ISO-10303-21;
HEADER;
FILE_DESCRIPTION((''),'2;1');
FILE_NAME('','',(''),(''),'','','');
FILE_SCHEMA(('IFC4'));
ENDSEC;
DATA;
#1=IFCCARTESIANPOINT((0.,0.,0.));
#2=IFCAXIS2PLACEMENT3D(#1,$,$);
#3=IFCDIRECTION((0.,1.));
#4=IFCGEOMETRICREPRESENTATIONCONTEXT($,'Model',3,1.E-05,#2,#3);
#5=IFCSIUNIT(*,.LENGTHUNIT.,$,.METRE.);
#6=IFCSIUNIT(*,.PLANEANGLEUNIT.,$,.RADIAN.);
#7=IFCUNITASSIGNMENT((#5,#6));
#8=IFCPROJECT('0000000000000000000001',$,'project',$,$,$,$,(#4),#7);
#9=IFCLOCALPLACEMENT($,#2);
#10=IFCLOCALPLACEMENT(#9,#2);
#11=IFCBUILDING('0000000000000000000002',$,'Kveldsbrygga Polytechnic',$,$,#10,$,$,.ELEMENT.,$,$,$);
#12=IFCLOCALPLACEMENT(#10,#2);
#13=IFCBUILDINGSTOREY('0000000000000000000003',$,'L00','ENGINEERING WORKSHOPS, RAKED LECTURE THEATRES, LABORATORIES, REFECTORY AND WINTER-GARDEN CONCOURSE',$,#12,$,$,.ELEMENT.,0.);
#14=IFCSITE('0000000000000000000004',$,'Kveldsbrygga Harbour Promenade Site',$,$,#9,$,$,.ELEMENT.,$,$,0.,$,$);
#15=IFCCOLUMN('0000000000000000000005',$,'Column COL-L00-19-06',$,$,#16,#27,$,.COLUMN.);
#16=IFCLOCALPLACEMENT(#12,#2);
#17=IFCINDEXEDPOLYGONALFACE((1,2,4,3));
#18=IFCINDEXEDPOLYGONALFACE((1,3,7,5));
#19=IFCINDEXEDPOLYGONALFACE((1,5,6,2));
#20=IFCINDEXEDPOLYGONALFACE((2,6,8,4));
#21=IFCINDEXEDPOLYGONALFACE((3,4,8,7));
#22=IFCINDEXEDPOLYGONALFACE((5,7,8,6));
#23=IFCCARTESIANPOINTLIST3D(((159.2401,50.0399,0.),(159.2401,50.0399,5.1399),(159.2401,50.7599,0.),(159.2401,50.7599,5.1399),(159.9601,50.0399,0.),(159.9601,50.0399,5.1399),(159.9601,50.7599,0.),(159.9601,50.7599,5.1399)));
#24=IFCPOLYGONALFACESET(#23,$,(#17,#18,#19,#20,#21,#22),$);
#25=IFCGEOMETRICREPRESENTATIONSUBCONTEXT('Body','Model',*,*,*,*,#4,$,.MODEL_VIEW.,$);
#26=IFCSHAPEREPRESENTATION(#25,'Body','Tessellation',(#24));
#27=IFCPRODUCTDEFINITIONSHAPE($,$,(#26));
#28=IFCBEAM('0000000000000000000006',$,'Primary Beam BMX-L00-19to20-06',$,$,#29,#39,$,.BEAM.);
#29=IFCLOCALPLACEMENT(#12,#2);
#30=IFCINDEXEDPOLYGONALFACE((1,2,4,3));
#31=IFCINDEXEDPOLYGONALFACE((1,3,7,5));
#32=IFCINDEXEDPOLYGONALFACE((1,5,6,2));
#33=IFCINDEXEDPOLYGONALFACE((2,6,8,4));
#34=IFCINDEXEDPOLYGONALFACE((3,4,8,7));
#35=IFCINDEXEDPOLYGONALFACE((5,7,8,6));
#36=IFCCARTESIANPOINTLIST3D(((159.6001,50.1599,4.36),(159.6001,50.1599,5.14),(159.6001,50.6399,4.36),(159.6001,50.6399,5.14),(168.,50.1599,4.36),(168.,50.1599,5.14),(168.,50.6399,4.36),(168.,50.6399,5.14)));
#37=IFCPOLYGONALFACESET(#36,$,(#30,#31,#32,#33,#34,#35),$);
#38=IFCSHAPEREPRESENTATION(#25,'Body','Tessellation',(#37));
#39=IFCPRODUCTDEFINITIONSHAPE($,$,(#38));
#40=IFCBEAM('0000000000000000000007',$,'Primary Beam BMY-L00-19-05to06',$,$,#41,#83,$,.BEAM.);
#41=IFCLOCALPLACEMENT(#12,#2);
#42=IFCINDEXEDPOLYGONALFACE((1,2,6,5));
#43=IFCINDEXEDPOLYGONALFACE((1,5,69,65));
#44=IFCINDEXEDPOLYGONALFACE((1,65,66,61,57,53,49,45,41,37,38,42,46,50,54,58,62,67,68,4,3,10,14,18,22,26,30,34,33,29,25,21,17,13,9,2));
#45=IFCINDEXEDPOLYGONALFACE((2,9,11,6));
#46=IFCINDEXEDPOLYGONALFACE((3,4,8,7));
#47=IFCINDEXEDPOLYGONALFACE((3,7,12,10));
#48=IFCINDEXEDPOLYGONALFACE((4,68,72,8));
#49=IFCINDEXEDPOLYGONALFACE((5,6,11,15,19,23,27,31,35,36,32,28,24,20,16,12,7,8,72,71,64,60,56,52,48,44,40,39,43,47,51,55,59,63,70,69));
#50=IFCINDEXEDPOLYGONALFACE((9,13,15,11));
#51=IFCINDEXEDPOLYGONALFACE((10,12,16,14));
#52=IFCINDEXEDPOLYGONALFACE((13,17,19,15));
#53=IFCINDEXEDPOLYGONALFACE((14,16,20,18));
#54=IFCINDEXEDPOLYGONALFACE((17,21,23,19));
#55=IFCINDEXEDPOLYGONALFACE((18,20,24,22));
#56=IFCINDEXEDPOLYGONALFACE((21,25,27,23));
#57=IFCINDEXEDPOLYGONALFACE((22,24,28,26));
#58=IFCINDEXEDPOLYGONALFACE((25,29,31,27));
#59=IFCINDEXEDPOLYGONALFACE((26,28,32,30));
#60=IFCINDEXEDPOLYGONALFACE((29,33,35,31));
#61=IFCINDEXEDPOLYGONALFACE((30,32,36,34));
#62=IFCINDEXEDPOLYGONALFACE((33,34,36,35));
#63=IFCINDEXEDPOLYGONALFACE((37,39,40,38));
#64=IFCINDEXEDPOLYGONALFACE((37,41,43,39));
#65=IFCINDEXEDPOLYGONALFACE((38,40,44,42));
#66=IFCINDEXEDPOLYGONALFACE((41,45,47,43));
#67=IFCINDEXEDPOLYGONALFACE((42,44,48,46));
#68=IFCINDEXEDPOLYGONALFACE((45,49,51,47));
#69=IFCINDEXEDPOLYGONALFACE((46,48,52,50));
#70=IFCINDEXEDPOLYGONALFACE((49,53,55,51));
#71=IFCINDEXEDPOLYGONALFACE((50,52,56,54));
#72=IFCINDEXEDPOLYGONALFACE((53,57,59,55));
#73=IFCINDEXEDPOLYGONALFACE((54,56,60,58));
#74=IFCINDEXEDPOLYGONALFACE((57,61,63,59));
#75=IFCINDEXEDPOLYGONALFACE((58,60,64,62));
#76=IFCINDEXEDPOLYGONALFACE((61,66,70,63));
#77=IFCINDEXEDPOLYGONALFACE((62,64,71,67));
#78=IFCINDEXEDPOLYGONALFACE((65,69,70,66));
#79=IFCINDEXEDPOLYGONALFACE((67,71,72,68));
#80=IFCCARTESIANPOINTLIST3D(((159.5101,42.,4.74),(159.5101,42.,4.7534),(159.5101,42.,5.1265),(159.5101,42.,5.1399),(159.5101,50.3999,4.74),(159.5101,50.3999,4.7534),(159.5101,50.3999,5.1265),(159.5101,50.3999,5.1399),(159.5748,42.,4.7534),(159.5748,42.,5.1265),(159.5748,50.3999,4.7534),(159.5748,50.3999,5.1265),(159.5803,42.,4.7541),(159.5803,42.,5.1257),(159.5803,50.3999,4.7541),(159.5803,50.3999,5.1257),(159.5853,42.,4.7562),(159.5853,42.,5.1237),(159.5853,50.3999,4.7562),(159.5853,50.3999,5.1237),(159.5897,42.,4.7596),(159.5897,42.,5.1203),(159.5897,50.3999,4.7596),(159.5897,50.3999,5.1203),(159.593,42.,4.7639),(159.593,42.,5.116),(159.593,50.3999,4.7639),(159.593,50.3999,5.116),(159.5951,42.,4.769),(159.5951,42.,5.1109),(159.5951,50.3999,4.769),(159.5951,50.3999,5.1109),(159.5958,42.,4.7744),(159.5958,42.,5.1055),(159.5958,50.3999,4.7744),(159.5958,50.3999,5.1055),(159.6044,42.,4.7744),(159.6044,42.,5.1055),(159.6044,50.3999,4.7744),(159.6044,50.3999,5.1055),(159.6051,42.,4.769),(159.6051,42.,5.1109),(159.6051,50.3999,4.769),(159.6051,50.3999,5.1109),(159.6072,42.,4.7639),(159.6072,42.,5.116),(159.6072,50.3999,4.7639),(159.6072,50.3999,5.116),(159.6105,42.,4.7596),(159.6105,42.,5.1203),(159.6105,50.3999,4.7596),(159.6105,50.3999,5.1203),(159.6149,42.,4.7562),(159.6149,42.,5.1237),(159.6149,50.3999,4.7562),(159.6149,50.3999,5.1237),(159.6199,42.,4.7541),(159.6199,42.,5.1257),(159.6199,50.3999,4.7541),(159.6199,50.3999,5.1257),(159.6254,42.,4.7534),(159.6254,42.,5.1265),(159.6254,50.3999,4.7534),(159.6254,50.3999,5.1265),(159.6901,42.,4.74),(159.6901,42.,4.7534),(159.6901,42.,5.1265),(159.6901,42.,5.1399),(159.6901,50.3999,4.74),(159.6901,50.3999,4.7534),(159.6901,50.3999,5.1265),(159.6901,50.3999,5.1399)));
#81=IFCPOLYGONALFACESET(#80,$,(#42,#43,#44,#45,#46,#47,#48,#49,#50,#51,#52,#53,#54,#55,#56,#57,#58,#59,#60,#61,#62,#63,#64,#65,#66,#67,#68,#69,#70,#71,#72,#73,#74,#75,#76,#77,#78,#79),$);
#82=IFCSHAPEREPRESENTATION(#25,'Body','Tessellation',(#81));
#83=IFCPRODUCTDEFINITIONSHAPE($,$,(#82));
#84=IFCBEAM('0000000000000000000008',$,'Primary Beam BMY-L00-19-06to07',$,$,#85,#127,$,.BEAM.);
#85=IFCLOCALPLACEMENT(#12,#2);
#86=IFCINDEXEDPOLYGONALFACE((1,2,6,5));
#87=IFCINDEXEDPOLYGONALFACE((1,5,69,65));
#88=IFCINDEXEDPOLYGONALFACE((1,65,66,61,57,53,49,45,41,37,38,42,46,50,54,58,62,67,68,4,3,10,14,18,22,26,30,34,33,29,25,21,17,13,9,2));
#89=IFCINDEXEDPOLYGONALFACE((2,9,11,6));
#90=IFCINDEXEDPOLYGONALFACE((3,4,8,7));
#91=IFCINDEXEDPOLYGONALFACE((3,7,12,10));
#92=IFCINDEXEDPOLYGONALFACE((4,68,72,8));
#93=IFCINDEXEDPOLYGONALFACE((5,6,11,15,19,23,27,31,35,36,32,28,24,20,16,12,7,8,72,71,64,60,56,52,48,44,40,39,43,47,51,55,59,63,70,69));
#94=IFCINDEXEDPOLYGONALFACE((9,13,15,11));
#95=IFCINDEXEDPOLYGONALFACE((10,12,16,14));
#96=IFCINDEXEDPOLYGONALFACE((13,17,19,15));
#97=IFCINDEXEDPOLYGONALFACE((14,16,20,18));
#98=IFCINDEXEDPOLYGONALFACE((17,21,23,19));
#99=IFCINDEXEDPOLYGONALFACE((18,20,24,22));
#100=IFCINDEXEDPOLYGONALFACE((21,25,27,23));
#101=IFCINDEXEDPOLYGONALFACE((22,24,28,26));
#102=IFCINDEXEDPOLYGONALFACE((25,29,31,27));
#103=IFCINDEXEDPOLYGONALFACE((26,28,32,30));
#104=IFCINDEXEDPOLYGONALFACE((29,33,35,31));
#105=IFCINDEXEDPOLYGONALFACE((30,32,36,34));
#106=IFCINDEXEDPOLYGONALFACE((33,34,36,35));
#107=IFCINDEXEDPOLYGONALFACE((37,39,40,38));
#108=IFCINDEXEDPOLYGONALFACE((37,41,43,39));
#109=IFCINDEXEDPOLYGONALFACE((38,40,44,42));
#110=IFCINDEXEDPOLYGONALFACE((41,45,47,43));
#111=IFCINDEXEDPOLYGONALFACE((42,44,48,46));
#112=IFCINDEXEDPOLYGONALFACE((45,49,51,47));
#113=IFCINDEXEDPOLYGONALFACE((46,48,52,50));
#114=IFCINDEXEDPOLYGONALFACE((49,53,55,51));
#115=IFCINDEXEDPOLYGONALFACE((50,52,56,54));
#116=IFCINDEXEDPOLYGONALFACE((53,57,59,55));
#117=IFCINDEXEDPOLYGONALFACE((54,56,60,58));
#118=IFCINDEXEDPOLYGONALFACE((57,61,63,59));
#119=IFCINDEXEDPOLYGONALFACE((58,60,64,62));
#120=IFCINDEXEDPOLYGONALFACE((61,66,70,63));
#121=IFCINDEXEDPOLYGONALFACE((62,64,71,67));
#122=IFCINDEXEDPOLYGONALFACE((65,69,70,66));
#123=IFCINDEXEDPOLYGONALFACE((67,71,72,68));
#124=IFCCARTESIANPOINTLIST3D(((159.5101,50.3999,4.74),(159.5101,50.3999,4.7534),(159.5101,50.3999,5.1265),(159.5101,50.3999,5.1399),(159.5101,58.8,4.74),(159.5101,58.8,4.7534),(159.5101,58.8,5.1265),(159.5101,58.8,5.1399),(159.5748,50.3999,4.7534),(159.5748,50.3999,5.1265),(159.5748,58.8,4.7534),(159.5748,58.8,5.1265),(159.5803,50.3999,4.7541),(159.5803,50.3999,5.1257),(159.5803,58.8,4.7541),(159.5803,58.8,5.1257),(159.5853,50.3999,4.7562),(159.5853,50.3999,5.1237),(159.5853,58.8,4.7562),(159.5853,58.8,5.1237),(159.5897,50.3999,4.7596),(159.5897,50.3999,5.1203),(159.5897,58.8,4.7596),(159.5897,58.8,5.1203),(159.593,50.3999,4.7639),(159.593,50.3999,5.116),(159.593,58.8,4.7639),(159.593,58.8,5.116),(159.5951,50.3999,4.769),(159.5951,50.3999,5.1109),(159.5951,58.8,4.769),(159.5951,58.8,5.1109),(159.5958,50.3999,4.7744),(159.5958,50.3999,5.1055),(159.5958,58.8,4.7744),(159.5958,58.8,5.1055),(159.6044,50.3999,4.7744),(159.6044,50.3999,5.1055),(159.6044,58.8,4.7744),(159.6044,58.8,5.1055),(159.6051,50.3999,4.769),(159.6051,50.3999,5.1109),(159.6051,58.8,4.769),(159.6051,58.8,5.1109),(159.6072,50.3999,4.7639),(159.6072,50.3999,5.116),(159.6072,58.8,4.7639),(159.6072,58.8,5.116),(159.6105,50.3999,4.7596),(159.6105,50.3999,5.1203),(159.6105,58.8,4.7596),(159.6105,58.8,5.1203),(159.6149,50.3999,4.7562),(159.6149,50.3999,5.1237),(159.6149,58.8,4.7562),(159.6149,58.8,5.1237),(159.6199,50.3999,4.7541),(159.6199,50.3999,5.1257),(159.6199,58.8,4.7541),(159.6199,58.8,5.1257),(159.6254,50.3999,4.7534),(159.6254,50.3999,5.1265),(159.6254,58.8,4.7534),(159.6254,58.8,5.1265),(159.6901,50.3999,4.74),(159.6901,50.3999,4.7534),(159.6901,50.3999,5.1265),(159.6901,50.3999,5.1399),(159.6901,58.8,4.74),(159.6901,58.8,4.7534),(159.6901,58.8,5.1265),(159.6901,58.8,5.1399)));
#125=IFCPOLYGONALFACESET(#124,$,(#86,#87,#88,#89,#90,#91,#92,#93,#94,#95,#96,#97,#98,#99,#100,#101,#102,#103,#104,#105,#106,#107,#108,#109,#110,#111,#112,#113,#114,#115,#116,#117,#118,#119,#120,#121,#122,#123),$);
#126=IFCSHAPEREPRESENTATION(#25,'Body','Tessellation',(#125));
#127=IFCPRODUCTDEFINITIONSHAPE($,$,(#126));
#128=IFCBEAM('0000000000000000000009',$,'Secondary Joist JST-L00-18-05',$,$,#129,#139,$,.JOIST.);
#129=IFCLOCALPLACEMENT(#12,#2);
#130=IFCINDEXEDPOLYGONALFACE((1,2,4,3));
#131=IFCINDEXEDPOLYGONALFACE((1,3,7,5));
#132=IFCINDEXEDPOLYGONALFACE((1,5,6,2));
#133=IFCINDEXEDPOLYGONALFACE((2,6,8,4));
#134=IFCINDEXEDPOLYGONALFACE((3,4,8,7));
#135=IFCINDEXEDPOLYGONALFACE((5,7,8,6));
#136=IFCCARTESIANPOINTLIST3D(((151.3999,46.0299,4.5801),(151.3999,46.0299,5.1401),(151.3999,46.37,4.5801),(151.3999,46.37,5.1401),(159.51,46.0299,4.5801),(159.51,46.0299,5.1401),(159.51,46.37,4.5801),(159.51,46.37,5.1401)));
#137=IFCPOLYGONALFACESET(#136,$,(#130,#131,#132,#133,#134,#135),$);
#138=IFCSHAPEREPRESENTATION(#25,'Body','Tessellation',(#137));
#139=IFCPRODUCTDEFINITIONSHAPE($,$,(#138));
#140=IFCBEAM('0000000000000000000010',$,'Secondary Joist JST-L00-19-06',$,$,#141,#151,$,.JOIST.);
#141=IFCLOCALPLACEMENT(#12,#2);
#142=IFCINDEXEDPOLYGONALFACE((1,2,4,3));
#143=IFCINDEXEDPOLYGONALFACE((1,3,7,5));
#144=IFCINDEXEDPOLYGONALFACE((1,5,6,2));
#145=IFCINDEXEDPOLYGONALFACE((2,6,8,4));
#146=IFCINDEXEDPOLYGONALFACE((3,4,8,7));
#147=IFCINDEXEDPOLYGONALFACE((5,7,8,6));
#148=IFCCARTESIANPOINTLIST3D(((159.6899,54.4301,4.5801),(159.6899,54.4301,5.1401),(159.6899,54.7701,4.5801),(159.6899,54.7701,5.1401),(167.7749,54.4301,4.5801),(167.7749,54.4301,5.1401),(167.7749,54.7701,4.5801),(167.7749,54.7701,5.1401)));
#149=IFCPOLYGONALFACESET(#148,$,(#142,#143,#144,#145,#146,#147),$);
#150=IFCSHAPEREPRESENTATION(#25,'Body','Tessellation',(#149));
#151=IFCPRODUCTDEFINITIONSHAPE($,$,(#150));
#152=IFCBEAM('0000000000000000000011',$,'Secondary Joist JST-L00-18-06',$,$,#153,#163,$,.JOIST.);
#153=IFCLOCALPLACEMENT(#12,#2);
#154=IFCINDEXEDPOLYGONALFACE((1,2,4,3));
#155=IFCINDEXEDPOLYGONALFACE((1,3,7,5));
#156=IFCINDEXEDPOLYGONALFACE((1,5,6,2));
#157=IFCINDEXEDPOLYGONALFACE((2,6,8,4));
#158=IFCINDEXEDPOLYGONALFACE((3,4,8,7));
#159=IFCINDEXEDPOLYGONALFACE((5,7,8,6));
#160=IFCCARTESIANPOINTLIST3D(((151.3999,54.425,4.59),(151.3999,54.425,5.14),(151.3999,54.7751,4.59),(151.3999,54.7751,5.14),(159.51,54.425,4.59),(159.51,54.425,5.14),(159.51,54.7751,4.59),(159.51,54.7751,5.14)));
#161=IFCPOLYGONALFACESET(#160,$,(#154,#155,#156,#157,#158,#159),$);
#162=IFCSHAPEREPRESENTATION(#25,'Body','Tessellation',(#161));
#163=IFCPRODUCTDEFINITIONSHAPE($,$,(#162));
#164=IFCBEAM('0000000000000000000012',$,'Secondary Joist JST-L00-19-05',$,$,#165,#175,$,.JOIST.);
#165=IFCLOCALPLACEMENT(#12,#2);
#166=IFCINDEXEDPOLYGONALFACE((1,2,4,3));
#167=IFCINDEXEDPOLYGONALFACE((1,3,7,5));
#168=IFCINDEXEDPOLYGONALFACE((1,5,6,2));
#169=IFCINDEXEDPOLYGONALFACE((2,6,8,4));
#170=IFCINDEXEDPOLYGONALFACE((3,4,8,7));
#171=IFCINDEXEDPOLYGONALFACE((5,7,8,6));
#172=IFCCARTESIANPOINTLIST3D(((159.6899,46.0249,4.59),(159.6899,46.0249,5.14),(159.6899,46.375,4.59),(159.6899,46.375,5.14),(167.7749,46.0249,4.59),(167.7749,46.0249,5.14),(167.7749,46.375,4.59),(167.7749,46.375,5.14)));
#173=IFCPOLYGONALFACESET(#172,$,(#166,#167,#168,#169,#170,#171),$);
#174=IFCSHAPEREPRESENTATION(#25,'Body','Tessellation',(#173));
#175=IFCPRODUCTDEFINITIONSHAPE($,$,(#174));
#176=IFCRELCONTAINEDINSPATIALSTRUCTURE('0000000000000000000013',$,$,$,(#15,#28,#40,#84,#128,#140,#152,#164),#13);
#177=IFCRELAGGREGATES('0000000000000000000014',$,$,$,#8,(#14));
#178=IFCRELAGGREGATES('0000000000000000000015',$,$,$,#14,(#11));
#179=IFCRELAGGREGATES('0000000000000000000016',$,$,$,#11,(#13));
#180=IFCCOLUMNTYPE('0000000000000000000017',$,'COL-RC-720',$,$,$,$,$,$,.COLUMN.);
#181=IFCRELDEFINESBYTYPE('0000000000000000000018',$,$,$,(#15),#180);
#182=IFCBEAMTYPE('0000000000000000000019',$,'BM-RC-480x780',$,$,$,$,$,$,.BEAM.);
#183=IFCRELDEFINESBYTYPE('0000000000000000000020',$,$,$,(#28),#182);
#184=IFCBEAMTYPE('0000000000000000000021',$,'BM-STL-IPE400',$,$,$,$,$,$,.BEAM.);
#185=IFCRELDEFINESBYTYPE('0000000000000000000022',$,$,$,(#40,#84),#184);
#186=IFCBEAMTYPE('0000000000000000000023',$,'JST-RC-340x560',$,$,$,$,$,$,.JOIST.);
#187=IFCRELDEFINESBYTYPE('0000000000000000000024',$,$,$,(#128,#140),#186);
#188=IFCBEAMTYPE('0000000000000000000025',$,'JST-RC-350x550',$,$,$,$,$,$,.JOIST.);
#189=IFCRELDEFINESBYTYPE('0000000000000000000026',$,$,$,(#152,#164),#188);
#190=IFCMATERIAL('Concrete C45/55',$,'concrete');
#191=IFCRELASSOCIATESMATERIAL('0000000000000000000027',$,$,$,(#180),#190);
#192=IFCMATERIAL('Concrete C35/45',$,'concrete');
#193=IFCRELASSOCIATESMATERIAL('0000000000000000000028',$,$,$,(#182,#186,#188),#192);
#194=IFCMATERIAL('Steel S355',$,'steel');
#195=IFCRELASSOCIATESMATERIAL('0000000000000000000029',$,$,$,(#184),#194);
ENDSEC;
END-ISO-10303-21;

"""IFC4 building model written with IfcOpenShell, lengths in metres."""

from ifc_helpers import new_model, si_unit, direction, frame, origin, origin_2d, place, context, subcontext, project, spatial, rectangle, i_section, extrude, material, material_profile, profile_set, type_object, element, save


model = new_model("IFC4")

# Units and contexts
model_context = context("Model", 3, precision=1e-05, world=origin(), true_north=direction((0.0, 1.0)))
body_context = subcontext(model_context, "Body", "Model", "MODEL_VIEW")
ifc_project = project(units=[si_unit("LENGTHUNIT", "METRE"), si_unit("PLANEANGLEUNIT", "RADIAN")], contexts=[model_context])

# Site, building, storey
site_placement = place(None, origin())
site = spatial("IfcSite", under=ifc_project, at=site_placement, Name="Kveldsbrygga Harbour Promenade Site", CompositionType="ELEMENT", RefElevation=0.0)
building_placement = place(site_placement, origin())
building = spatial("IfcBuilding", under=site, at=building_placement, Name="Kveldsbrygga Polytechnic", CompositionType="ELEMENT")
storey_placement = place(building_placement, origin())
storey = spatial("IfcBuildingStorey", under=building, at=storey_placement, Name="L00", Description="ENGINEERING WORKSHOPS, RAKED LECTURE THEATRES, LABORATORIES, REFECTORY AND WINTER-GARDEN CONCOURSE", CompositionType="ELEMENT", Elevation=0.0)

# Column
ifc_material_1 = material(Name="Concrete C45/55", Category="concrete")
ifc_material_profile_1 = material_profile(ifc_material_1, rectangle(XDim=0.72, YDim=0.72, at=origin_2d()), Name="RC 720x720")
ifc_profile_set_1 = profile_set([ifc_material_profile_1], Name="Concrete C45/55")
column_type = type_object("IfcColumnType", Name="COL-RC-720", PredefinedType="COLUMN", material=ifc_profile_set_1)
column_placement = place(storey_placement, frame((159.6001, 50.3999, 0.0), z_axis=(0.0, 0.0, 1.0), x_axis=(1.0, 0.0, 0.0)))
element("IfcColumn", 1, at=column_placement, inside=storey, type_object=column_type, Name="Column COL-L00-19-06", PredefinedType="COLUMN", context=body_context, shape_type="SweptSolid", body=[
    extrude(rectangle(XDim=0.72, YDim=0.72, at=origin_2d()), origin(), (0.0, 0.0, 1.0), 5.1399),
])

# Beams
ifc_material_2 = material(Name="Concrete C35/45", Category="concrete")
ifc_material_profile_2 = material_profile(ifc_material_2, rectangle(XDim=0.48, YDim=0.78, at=origin_2d()), Name="RC 480x780")
ifc_profile_set_2 = profile_set([ifc_material_profile_2], Name="Concrete C35/45")
beam_type_1 = type_object("IfcBeamType", Name="BM-RC-480x780", PredefinedType="BEAM", material=ifc_profile_set_2)
beam_1_placement = place(storey_placement, frame((159.6001, 50.3999, 4.75), z_axis=(1.0, 0.0, 0.0), x_axis=(0.0, 1.0, 0.0)))
element("IfcBeam", 2, at=beam_1_placement, inside=storey, type_object=beam_type_1, Name="Primary Beam BMX-L00-19to20-06", PredefinedType="BEAM", context=body_context, shape_type="SweptSolid", body=[
    extrude(rectangle(XDim=0.48, YDim=0.78, at=origin_2d()), origin(), (0.0, 0.0, 1.0), 8.3999),
])
ifc_material_3 = material(Name="Steel S355", Category="steel")
ifc_material_profile_3 = material_profile(ifc_material_3, i_section(OverallWidth=0.1799, OverallDepth=0.3999, WebThickness=0.0085, FlangeThickness=0.0134, FilletRadius=0.021, at=origin_2d()), Name="IPE 400")
ifc_profile_set_3 = profile_set([ifc_material_profile_3], Name="Steel S355")
beam_type_2 = type_object("IfcBeamType", Name="BM-STL-IPE400", PredefinedType="BEAM", material=ifc_profile_set_3)
beam_2_placement = place(storey_placement, frame((159.6001, 42.0, 4.9399), z_axis=(0.0, 1.0, 0.0), x_axis=(-1.0, 0.0, 0.0)))
element("IfcBeam", 3, at=beam_2_placement, inside=storey, type_object=beam_type_2, Name="Primary Beam BMY-L00-19-05to06", PredefinedType="BEAM", context=body_context, shape_type="SweptSolid", body=[
    extrude(i_section(OverallWidth=0.1799, OverallDepth=0.3999, WebThickness=0.0085, FlangeThickness=0.0134, FilletRadius=0.021, at=origin_2d()), origin(), (0.0, 0.0, 1.0), 8.3999),
])
beam_3_placement = place(storey_placement, frame((159.6001, 50.3999, 4.9399), z_axis=(0.0, 1.0, 0.0), x_axis=(-1.0, 0.0, 0.0)))
element("IfcBeam", 4, at=beam_3_placement, inside=storey, type_object=beam_type_2, Name="Primary Beam BMY-L00-19-06to07", PredefinedType="BEAM", context=body_context, shape_type="SweptSolid", body=[
    extrude(i_section(OverallWidth=0.1799, OverallDepth=0.3999, WebThickness=0.0085, FlangeThickness=0.0134, FilletRadius=0.021, at=origin_2d()), origin(), (0.0, 0.0, 1.0), 8.4001),
])
ifc_material_profile_4 = material_profile(ifc_material_2, rectangle(XDim=0.3401, YDim=0.5601, at=origin_2d()), Name="RC 340x560")
ifc_profile_set_4 = profile_set([ifc_material_profile_4], Name="Concrete C35/45")
beam_type_3 = type_object("IfcBeamType", Name="JST-RC-340x560", PredefinedType="JOIST", material=ifc_profile_set_4)
beam_4_placement = place(storey_placement, frame((151.3999, 46.2, 4.8601), z_axis=(1.0, 0.0, 0.0), x_axis=(0.0, 1.0, 0.0)))
element("IfcBeam", 5, at=beam_4_placement, inside=storey, type_object=beam_type_3, Name="Secondary Joist JST-L00-18-05", PredefinedType="JOIST", context=body_context, shape_type="SweptSolid", body=[
    extrude(rectangle(XDim=0.3401, YDim=0.5601, at=origin_2d()), origin(), (0.0, 0.0, 1.0), 8.1101),
])
beam_5_placement = place(storey_placement, frame((159.6899, 54.6001, 4.8601), z_axis=(1.0, 0.0, 0.0), x_axis=(0.0, 1.0, 0.0)))
element("IfcBeam", 6, at=beam_5_placement, inside=storey, type_object=beam_type_3, Name="Secondary Joist JST-L00-19-06", PredefinedType="JOIST", context=body_context, shape_type="SweptSolid", body=[
    extrude(rectangle(XDim=0.3401, YDim=0.5601, at=origin_2d()), origin(), (0.0, 0.0, 1.0), 8.085),
])
ifc_material_profile_5 = material_profile(ifc_material_2, rectangle(XDim=0.3501, YDim=0.55, at=origin_2d()), Name="RC 350x550")
ifc_profile_set_5 = profile_set([ifc_material_profile_5], Name="Concrete C35/45")
beam_type_4 = type_object("IfcBeamType", Name="JST-RC-350x550", PredefinedType="JOIST", material=ifc_profile_set_5)
beam_6_placement = place(storey_placement, frame((151.3999, 54.6001, 4.865), z_axis=(1.0, 0.0, 0.0), x_axis=(0.0, 1.0, 0.0)))
element("IfcBeam", 7, at=beam_6_placement, inside=storey, type_object=beam_type_4, Name="Secondary Joist JST-L00-18-06", PredefinedType="JOIST", context=body_context, shape_type="SweptSolid", body=[
    extrude(rectangle(XDim=0.3501, YDim=0.55, at=origin_2d()), origin(), (0.0, 0.0, 1.0), 8.1101),
])
beam_7_placement = place(storey_placement, frame((159.6899, 46.2, 4.865), z_axis=(1.0, 0.0, 0.0), x_axis=(0.0, 1.0, 0.0)))
element("IfcBeam", 8, at=beam_7_placement, inside=storey, type_object=beam_type_4, Name="Secondary Joist JST-L00-19-05", PredefinedType="JOIST", context=body_context, shape_type="SweptSolid", body=[
    extrude(rectangle(XDim=0.3501, YDim=0.55, at=origin_2d()), origin(), (0.0, 0.0, 1.0), 8.085),
])

save(model, "model.ifc")
